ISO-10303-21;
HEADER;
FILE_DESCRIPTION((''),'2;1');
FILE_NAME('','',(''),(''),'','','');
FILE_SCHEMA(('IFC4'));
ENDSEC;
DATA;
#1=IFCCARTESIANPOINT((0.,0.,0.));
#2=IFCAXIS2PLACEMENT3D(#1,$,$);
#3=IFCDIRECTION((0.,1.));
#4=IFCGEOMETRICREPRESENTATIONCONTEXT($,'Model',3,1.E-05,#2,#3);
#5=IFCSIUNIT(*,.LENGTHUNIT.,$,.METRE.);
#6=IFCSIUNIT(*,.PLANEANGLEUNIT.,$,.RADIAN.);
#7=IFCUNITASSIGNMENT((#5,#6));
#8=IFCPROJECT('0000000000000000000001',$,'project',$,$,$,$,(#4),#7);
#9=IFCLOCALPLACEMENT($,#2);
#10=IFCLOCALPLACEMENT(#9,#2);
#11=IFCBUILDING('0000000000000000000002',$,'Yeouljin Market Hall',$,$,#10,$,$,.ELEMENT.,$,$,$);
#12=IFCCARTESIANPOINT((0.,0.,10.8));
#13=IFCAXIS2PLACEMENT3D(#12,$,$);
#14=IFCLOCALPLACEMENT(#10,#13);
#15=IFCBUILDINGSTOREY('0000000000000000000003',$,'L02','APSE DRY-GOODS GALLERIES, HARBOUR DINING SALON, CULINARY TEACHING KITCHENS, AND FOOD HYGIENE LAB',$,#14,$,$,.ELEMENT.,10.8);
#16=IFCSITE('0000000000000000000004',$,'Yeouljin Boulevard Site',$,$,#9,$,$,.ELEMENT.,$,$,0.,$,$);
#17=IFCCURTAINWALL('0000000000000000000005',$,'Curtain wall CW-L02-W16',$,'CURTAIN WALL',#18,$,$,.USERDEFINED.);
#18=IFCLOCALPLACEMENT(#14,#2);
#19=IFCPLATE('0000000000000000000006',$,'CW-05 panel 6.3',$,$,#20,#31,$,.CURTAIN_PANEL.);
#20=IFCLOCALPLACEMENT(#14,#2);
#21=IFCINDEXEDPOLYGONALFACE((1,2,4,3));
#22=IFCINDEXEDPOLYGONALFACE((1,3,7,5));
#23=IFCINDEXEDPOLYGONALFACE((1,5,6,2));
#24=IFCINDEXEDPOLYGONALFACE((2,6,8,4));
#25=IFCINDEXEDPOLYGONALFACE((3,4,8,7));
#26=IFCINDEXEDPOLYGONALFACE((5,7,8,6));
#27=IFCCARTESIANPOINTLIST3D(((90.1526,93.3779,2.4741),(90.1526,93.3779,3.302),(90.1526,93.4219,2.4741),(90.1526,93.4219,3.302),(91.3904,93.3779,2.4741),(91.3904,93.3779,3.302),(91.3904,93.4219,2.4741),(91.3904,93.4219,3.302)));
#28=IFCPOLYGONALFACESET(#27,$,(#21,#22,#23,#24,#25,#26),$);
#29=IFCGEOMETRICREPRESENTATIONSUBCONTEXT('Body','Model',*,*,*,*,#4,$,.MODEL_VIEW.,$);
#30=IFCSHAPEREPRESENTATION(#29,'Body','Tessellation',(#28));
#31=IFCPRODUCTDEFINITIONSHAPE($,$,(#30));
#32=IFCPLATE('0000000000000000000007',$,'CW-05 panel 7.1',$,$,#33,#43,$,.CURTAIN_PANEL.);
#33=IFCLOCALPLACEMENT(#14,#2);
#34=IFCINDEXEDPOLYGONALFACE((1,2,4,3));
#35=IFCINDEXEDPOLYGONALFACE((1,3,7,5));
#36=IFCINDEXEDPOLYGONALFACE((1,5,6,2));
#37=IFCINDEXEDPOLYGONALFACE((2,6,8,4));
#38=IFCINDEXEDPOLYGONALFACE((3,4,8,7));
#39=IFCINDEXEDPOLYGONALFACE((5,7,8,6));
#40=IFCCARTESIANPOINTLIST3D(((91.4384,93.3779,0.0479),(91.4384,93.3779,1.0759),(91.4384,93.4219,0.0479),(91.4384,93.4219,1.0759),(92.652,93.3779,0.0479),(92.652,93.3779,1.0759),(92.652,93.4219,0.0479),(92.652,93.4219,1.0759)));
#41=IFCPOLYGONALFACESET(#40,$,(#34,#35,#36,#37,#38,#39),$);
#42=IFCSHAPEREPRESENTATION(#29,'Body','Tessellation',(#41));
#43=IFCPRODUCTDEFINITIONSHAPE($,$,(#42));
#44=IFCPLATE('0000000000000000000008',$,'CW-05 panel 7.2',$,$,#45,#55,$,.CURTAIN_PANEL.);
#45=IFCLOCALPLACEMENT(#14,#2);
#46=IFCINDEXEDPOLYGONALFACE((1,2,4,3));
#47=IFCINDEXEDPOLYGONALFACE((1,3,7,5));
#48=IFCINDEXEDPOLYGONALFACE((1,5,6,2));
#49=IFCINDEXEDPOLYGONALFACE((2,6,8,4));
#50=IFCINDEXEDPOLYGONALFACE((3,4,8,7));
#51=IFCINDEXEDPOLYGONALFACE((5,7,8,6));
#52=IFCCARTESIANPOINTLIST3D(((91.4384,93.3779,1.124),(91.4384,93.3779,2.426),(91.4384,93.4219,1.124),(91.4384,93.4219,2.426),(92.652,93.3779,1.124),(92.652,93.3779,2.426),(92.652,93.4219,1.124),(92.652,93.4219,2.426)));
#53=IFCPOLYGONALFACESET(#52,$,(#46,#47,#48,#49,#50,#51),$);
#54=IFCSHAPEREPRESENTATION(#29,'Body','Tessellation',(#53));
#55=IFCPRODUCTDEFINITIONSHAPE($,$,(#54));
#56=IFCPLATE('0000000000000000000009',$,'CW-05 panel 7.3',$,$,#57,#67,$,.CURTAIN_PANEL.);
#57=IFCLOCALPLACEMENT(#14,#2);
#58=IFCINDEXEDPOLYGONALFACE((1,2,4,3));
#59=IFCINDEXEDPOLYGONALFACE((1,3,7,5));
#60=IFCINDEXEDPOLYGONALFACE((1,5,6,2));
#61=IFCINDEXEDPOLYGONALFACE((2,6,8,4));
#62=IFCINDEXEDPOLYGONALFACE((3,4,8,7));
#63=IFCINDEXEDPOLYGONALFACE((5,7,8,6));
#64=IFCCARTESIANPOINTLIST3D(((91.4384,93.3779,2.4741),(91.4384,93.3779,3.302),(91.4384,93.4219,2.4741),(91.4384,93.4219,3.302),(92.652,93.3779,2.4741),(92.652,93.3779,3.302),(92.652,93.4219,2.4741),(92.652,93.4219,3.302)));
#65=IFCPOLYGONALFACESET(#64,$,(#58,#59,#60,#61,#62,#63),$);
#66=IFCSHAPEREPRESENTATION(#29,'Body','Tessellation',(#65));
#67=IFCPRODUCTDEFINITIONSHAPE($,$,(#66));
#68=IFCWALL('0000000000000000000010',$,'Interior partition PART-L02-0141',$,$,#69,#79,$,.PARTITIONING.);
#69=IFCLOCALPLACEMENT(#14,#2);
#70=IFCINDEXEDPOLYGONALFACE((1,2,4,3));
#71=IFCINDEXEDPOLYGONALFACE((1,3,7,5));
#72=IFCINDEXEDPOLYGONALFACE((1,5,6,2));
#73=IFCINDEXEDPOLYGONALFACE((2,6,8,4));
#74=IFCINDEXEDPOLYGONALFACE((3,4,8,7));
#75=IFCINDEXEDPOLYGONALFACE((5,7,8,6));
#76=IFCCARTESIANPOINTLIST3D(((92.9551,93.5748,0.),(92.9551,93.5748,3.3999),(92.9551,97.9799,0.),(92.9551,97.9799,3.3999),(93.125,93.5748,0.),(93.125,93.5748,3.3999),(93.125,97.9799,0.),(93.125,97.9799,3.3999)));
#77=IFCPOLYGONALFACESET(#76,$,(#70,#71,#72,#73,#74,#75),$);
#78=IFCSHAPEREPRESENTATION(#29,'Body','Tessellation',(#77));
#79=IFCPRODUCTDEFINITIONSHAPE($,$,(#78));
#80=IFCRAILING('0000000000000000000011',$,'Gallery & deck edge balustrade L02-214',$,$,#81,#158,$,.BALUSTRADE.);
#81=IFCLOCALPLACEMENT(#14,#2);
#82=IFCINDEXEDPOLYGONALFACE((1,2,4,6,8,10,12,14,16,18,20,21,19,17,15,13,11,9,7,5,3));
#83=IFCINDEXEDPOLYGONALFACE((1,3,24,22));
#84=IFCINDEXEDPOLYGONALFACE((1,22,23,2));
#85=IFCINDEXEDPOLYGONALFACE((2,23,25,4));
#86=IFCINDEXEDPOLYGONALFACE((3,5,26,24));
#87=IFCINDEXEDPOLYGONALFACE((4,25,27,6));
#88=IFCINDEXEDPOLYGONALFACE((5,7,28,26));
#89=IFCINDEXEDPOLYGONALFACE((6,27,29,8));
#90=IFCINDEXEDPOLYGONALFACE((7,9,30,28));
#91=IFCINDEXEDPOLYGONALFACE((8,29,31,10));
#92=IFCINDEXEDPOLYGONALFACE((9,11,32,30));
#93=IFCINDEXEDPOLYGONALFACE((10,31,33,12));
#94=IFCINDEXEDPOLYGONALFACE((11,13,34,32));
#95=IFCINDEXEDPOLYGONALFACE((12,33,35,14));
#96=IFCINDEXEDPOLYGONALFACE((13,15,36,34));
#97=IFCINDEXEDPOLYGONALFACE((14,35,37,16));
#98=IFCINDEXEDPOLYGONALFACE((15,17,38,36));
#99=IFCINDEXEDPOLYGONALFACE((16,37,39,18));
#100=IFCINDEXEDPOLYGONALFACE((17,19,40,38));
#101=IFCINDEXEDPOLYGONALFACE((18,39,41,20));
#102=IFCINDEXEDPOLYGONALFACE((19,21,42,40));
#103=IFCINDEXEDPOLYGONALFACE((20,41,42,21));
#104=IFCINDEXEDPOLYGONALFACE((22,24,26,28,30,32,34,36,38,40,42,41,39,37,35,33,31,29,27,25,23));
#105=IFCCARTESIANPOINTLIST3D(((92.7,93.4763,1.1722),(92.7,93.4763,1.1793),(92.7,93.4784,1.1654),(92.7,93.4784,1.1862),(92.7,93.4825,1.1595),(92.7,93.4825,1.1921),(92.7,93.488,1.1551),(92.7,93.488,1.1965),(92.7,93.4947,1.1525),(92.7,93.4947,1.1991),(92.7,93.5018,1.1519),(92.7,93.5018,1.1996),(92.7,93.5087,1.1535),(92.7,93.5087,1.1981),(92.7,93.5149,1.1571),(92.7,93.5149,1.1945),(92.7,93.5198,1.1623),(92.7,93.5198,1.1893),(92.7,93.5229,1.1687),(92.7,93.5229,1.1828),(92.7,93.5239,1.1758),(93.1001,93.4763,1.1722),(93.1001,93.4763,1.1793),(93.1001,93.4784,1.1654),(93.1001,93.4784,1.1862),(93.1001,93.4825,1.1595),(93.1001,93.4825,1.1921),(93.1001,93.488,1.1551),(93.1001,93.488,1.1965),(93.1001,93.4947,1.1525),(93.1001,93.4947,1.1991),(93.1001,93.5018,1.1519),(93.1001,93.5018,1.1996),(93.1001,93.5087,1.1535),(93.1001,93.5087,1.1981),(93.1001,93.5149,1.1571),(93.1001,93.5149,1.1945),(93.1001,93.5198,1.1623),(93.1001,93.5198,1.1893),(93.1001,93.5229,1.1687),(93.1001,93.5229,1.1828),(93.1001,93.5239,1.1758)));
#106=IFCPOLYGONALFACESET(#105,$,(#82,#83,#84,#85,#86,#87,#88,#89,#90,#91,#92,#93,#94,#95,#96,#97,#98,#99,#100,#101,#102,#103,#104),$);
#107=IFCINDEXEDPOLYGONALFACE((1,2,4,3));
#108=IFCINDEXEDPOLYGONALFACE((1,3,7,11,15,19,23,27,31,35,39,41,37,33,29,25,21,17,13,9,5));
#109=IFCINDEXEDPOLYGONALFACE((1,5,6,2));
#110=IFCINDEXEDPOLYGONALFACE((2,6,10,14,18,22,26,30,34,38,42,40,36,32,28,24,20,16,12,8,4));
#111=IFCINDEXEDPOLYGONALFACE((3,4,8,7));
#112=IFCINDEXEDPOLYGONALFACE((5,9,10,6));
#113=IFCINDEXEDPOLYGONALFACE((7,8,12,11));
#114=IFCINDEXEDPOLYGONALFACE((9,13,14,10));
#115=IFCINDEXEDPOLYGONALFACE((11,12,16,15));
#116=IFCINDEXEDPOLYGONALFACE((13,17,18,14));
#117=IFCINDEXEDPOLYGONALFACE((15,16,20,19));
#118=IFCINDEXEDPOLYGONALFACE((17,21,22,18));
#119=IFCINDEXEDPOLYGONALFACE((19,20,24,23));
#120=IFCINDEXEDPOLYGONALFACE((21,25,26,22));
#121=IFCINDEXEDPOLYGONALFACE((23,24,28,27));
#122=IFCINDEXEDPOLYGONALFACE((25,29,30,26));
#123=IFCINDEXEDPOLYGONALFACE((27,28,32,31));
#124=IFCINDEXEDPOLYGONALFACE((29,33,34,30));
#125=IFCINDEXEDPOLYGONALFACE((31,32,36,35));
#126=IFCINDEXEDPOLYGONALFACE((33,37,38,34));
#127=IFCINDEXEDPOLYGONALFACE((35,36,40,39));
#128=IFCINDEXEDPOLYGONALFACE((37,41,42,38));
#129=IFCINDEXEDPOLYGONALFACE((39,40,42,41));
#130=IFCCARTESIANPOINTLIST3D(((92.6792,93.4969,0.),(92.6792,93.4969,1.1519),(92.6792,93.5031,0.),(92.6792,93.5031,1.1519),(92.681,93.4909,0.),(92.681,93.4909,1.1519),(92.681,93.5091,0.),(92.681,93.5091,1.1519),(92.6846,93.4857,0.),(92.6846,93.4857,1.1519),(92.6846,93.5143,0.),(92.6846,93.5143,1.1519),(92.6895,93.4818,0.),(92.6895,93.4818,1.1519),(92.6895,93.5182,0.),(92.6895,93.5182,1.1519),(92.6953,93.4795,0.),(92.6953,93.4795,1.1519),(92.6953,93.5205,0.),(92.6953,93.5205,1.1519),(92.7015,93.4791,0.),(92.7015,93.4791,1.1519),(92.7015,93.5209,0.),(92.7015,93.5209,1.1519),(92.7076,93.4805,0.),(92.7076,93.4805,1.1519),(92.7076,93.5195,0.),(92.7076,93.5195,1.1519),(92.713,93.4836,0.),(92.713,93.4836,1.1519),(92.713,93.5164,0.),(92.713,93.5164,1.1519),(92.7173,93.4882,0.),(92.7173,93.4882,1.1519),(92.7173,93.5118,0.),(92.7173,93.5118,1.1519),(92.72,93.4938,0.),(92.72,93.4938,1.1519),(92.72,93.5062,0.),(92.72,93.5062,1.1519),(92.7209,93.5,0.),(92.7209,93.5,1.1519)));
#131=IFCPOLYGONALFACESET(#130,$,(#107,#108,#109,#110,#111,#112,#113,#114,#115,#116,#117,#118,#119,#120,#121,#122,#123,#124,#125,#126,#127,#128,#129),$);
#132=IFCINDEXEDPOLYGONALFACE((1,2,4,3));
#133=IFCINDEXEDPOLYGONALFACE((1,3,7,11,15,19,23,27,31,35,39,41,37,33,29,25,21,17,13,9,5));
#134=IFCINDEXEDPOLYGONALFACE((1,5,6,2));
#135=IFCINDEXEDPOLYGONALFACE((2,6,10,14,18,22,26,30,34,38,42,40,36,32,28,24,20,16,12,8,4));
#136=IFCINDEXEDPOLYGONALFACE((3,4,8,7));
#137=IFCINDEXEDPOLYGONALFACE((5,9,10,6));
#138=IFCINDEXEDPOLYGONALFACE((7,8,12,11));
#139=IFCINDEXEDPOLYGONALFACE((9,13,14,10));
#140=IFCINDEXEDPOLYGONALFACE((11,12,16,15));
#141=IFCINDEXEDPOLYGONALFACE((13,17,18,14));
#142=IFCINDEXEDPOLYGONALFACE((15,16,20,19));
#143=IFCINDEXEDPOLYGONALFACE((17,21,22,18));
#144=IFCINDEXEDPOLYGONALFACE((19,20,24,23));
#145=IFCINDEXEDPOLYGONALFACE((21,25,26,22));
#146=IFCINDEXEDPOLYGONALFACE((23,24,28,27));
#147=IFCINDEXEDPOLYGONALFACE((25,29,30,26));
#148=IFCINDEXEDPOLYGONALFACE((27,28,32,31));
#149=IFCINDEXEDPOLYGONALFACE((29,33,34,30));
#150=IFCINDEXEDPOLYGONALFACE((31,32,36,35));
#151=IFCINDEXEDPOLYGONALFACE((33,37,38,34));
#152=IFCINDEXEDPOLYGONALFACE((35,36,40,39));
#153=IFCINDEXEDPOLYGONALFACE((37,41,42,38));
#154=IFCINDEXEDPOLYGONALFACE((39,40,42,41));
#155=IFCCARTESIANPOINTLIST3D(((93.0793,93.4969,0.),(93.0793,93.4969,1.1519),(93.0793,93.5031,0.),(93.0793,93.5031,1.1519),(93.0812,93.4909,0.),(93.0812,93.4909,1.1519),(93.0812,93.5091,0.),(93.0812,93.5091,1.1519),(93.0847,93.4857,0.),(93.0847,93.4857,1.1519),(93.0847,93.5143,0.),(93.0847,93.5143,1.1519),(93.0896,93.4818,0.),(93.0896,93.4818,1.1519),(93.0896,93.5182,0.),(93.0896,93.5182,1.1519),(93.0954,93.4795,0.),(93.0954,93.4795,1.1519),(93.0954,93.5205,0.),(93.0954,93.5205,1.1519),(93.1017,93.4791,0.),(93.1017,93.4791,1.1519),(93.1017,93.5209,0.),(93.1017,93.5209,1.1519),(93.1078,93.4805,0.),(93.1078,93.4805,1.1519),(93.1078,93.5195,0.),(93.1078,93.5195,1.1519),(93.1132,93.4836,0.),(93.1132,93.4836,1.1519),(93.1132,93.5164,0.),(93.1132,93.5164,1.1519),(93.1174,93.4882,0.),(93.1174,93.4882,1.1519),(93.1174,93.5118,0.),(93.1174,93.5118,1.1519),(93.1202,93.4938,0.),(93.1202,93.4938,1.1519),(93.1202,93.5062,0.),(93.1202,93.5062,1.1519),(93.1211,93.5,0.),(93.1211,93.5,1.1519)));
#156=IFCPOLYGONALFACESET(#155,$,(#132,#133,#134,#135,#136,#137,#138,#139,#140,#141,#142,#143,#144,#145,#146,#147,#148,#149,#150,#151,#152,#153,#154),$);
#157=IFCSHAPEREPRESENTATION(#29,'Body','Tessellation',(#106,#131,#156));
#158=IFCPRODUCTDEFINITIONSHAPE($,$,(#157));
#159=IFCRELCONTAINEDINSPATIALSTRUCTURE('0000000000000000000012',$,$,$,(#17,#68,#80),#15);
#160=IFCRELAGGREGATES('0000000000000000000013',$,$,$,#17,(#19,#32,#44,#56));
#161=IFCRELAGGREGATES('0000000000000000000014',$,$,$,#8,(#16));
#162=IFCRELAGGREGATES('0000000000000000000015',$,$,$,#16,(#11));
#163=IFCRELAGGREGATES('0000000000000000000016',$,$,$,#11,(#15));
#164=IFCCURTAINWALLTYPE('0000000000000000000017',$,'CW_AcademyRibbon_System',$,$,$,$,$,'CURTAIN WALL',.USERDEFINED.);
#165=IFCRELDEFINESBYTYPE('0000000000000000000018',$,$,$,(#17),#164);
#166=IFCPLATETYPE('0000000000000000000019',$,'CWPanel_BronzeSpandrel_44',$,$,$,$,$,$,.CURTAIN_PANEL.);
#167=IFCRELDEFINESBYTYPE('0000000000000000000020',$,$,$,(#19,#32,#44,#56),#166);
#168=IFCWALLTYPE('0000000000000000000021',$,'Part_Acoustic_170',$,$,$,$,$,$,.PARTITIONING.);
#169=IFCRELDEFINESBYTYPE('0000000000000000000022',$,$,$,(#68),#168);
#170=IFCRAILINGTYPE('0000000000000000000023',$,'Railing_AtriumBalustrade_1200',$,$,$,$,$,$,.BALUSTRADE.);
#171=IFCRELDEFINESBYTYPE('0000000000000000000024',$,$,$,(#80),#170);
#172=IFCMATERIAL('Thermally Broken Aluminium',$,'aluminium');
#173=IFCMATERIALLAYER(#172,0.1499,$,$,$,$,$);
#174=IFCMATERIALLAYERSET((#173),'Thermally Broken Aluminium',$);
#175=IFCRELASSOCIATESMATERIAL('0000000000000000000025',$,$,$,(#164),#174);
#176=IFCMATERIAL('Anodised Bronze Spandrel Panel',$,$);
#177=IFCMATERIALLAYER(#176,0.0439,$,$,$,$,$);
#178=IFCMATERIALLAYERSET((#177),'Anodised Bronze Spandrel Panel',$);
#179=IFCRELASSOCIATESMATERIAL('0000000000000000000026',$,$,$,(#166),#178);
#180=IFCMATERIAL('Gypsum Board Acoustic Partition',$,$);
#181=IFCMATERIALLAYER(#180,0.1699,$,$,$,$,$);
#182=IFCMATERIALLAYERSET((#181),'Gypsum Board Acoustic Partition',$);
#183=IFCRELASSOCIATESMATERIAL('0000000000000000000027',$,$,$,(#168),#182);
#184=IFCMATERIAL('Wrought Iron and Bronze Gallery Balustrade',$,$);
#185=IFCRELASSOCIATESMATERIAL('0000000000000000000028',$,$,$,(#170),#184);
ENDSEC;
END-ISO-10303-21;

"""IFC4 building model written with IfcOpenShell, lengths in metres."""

from ifc_helpers import new_model, si_unit, direction, frame, frame_2d, origin, origin_2d, place, context, subcontext, project, spatial, rectangle, circle, extrude, material, layer, layer_set, type_object, element, aggregate, save


model = new_model("IFC4")

# Units and contexts
model_context = context("Model", 3, precision=1e-05, world=origin(), true_north=direction((0.0, 1.0)))
body_context = subcontext(model_context, "Body", "Model", "MODEL_VIEW")
ifc_project = project(units=[si_unit("LENGTHUNIT", "METRE"), si_unit("PLANEANGLEUNIT", "RADIAN")], contexts=[model_context])

# Site, building, storey
site_placement = place(None, origin())
site = spatial("IfcSite", under=ifc_project, at=site_placement, Name="Yeouljin Boulevard Site", CompositionType="ELEMENT", RefElevation=0.0)
building_placement = place(site_placement, origin())
building = spatial("IfcBuilding", under=site, at=building_placement, Name="Yeouljin Market Hall", CompositionType="ELEMENT")
storey_placement = place(building_placement, frame((0.0, 0.0, 10.8)))
storey = spatial("IfcBuildingStorey", under=building, at=storey_placement, Name="L02", Description="APSE DRY-GOODS GALLERIES, HARBOUR DINING SALON, CULINARY TEACHING KITCHENS, AND FOOD HYGIENE LAB", CompositionType="ELEMENT", Elevation=10.8)

# Curtain wall
ifc_material_1 = material(Name="Thermally Broken Aluminium", Category="aluminium")
ifc_layer_1 = layer(ifc_material_1, 0.1499)
ifc_layer_set_1 = layer_set([ifc_layer_1], Name="Thermally Broken Aluminium")
curtain_wall_type = type_object("IfcCurtainWallType", Name="CW_AcademyRibbon_System", ElementType="CURTAIN WALL", PredefinedType="USERDEFINED", material=ifc_layer_set_1)
curtain_wall_1_placement = place(storey_placement, origin())
curtain_wall_1 = element("IfcCurtainWall", 1, at=curtain_wall_1_placement, inside=storey, type_object=curtain_wall_type, Name="Curtain wall CW-L02-W16", ObjectType="CURTAIN WALL", PredefinedType="USERDEFINED")

# Plates
ifc_material_2 = material(Name="Anodised Bronze Spandrel Panel")
ifc_layer_2 = layer(ifc_material_2, 0.0439)
ifc_layer_set_2 = layer_set([ifc_layer_2], Name="Anodised Bronze Spandrel Panel")
plate_type = type_object("IfcPlateType", Name="CWPanel_BronzeSpandrel_44", PredefinedType="CURTAIN_PANEL", material=ifc_layer_set_2)
plate_1_placement = place(storey_placement, frame((90.7715, 93.3999, 2.4741), z_axis=(0.0, 0.0, 1.0), x_axis=(1.0, 0.0, 0.0)))
plate_1 = element("IfcPlate", 2, at=plate_1_placement, type_object=plate_type, Name="CW-05 panel 6.3", PredefinedType="CURTAIN_PANEL", context=body_context, shape_type="SweptSolid", body=[
    extrude(rectangle(XDim=1.2378, YDim=0.0439, at=origin_2d()), origin(), (0.0, 0.0, 1.0), 0.8279),
])
plate_2_placement = place(storey_placement, frame((92.0452, 93.3999, 0.0479), z_axis=(0.0, 0.0, 1.0), x_axis=(1.0, 0.0, 0.0)))
plate_2 = element("IfcPlate", 3, at=plate_2_placement, type_object=plate_type, Name="CW-05 panel 7.1", PredefinedType="CURTAIN_PANEL", context=body_context, shape_type="SweptSolid", body=[
    extrude(rectangle(XDim=1.2136, YDim=0.0439, at=origin_2d()), origin(), (0.0, 0.0, 1.0), 1.0281),
])
plate_3_placement = place(storey_placement, frame((92.0452, 93.3999, 1.124), z_axis=(0.0, 0.0, 1.0), x_axis=(1.0, 0.0, 0.0)))
plate_3 = element("IfcPlate", 4, at=plate_3_placement, type_object=plate_type, Name="CW-05 panel 7.2", PredefinedType="CURTAIN_PANEL", context=body_context, shape_type="SweptSolid", body=[
    extrude(rectangle(XDim=1.2136, YDim=0.0439, at=origin_2d()), origin(), (0.0, 0.0, 1.0), 1.302),
])
plate_4_placement = place(storey_placement, frame((92.0452, 93.3999, 2.4741), z_axis=(0.0, 0.0, 1.0), x_axis=(1.0, 0.0, 0.0)))
plate_4 = element("IfcPlate", 5, at=plate_4_placement, type_object=plate_type, Name="CW-05 panel 7.3", PredefinedType="CURTAIN_PANEL", context=body_context, shape_type="SweptSolid", body=[
    extrude(rectangle(XDim=1.2136, YDim=0.0439, at=origin_2d()), origin(), (0.0, 0.0, 1.0), 0.8279),
])
aggregate(curtain_wall_1, [plate_1, plate_2, plate_3, plate_4])

# Wall
ifc_material_3 = material(Name="Gypsum Board Acoustic Partition")
ifc_layer_3 = layer(ifc_material_3, 0.1699)
ifc_layer_set_3 = layer_set([ifc_layer_3], Name="Gypsum Board Acoustic Partition")
wall_type = type_object("IfcWallType", Name="Part_Acoustic_170", PredefinedType="PARTITIONING", material=ifc_layer_set_3)
wall_placement = place(storey_placement, frame((93.04, 97.98, 0.0), z_axis=(0.0, 0.0, 1.0), x_axis=(0.0, -1.0, 0.0)))
element("IfcWall", 6, at=wall_placement, inside=storey, type_object=wall_type, Name="Interior partition PART-L02-0141", PredefinedType="PARTITIONING", context=body_context, shape_type="SweptSolid", body=[
    extrude(rectangle(XDim=4.405, YDim=0.1699, at=frame_2d((2.2026, 0.0))), origin(), (0.0, 0.0, 1.0), 3.3999),
])

# Railing
ifc_material_4 = material(Name="Wrought Iron and Bronze Gallery Balustrade")
railing_type = type_object("IfcRailingType", Name="Railing_AtriumBalustrade_1200", PredefinedType="BALUSTRADE", material=ifc_material_4)
railing_1_placement = place(storey_placement, frame((92.7, 93.5, 0.0)))
element("IfcRailing", 7, at=railing_1_placement, inside=storey, type_object=railing_type, Name="Gallery & deck edge balustrade L02-214", PredefinedType="BALUSTRADE", context=body_context, shape_type="SweptSolid", body=[
    extrude(circle(Radius=0.0239, at=origin_2d()), frame((0.0, 0.0, 1.1758), z_axis=(1.0, 0.0, 0.0), x_axis=(0.0, 1.0, 0.0)), (0.0, 0.0, 1.0), 0.4001),
    extrude(circle(Radius=0.021, at=origin_2d()), origin(), (0.0, 0.0, 1.0), 1.1519),
    extrude(circle(Radius=0.021, at=origin_2d()), frame((0.4001, 0.0, 0.0)), (0.0, 0.0, 1.0), 1.1519),
])

save(model, "model.ifc")
